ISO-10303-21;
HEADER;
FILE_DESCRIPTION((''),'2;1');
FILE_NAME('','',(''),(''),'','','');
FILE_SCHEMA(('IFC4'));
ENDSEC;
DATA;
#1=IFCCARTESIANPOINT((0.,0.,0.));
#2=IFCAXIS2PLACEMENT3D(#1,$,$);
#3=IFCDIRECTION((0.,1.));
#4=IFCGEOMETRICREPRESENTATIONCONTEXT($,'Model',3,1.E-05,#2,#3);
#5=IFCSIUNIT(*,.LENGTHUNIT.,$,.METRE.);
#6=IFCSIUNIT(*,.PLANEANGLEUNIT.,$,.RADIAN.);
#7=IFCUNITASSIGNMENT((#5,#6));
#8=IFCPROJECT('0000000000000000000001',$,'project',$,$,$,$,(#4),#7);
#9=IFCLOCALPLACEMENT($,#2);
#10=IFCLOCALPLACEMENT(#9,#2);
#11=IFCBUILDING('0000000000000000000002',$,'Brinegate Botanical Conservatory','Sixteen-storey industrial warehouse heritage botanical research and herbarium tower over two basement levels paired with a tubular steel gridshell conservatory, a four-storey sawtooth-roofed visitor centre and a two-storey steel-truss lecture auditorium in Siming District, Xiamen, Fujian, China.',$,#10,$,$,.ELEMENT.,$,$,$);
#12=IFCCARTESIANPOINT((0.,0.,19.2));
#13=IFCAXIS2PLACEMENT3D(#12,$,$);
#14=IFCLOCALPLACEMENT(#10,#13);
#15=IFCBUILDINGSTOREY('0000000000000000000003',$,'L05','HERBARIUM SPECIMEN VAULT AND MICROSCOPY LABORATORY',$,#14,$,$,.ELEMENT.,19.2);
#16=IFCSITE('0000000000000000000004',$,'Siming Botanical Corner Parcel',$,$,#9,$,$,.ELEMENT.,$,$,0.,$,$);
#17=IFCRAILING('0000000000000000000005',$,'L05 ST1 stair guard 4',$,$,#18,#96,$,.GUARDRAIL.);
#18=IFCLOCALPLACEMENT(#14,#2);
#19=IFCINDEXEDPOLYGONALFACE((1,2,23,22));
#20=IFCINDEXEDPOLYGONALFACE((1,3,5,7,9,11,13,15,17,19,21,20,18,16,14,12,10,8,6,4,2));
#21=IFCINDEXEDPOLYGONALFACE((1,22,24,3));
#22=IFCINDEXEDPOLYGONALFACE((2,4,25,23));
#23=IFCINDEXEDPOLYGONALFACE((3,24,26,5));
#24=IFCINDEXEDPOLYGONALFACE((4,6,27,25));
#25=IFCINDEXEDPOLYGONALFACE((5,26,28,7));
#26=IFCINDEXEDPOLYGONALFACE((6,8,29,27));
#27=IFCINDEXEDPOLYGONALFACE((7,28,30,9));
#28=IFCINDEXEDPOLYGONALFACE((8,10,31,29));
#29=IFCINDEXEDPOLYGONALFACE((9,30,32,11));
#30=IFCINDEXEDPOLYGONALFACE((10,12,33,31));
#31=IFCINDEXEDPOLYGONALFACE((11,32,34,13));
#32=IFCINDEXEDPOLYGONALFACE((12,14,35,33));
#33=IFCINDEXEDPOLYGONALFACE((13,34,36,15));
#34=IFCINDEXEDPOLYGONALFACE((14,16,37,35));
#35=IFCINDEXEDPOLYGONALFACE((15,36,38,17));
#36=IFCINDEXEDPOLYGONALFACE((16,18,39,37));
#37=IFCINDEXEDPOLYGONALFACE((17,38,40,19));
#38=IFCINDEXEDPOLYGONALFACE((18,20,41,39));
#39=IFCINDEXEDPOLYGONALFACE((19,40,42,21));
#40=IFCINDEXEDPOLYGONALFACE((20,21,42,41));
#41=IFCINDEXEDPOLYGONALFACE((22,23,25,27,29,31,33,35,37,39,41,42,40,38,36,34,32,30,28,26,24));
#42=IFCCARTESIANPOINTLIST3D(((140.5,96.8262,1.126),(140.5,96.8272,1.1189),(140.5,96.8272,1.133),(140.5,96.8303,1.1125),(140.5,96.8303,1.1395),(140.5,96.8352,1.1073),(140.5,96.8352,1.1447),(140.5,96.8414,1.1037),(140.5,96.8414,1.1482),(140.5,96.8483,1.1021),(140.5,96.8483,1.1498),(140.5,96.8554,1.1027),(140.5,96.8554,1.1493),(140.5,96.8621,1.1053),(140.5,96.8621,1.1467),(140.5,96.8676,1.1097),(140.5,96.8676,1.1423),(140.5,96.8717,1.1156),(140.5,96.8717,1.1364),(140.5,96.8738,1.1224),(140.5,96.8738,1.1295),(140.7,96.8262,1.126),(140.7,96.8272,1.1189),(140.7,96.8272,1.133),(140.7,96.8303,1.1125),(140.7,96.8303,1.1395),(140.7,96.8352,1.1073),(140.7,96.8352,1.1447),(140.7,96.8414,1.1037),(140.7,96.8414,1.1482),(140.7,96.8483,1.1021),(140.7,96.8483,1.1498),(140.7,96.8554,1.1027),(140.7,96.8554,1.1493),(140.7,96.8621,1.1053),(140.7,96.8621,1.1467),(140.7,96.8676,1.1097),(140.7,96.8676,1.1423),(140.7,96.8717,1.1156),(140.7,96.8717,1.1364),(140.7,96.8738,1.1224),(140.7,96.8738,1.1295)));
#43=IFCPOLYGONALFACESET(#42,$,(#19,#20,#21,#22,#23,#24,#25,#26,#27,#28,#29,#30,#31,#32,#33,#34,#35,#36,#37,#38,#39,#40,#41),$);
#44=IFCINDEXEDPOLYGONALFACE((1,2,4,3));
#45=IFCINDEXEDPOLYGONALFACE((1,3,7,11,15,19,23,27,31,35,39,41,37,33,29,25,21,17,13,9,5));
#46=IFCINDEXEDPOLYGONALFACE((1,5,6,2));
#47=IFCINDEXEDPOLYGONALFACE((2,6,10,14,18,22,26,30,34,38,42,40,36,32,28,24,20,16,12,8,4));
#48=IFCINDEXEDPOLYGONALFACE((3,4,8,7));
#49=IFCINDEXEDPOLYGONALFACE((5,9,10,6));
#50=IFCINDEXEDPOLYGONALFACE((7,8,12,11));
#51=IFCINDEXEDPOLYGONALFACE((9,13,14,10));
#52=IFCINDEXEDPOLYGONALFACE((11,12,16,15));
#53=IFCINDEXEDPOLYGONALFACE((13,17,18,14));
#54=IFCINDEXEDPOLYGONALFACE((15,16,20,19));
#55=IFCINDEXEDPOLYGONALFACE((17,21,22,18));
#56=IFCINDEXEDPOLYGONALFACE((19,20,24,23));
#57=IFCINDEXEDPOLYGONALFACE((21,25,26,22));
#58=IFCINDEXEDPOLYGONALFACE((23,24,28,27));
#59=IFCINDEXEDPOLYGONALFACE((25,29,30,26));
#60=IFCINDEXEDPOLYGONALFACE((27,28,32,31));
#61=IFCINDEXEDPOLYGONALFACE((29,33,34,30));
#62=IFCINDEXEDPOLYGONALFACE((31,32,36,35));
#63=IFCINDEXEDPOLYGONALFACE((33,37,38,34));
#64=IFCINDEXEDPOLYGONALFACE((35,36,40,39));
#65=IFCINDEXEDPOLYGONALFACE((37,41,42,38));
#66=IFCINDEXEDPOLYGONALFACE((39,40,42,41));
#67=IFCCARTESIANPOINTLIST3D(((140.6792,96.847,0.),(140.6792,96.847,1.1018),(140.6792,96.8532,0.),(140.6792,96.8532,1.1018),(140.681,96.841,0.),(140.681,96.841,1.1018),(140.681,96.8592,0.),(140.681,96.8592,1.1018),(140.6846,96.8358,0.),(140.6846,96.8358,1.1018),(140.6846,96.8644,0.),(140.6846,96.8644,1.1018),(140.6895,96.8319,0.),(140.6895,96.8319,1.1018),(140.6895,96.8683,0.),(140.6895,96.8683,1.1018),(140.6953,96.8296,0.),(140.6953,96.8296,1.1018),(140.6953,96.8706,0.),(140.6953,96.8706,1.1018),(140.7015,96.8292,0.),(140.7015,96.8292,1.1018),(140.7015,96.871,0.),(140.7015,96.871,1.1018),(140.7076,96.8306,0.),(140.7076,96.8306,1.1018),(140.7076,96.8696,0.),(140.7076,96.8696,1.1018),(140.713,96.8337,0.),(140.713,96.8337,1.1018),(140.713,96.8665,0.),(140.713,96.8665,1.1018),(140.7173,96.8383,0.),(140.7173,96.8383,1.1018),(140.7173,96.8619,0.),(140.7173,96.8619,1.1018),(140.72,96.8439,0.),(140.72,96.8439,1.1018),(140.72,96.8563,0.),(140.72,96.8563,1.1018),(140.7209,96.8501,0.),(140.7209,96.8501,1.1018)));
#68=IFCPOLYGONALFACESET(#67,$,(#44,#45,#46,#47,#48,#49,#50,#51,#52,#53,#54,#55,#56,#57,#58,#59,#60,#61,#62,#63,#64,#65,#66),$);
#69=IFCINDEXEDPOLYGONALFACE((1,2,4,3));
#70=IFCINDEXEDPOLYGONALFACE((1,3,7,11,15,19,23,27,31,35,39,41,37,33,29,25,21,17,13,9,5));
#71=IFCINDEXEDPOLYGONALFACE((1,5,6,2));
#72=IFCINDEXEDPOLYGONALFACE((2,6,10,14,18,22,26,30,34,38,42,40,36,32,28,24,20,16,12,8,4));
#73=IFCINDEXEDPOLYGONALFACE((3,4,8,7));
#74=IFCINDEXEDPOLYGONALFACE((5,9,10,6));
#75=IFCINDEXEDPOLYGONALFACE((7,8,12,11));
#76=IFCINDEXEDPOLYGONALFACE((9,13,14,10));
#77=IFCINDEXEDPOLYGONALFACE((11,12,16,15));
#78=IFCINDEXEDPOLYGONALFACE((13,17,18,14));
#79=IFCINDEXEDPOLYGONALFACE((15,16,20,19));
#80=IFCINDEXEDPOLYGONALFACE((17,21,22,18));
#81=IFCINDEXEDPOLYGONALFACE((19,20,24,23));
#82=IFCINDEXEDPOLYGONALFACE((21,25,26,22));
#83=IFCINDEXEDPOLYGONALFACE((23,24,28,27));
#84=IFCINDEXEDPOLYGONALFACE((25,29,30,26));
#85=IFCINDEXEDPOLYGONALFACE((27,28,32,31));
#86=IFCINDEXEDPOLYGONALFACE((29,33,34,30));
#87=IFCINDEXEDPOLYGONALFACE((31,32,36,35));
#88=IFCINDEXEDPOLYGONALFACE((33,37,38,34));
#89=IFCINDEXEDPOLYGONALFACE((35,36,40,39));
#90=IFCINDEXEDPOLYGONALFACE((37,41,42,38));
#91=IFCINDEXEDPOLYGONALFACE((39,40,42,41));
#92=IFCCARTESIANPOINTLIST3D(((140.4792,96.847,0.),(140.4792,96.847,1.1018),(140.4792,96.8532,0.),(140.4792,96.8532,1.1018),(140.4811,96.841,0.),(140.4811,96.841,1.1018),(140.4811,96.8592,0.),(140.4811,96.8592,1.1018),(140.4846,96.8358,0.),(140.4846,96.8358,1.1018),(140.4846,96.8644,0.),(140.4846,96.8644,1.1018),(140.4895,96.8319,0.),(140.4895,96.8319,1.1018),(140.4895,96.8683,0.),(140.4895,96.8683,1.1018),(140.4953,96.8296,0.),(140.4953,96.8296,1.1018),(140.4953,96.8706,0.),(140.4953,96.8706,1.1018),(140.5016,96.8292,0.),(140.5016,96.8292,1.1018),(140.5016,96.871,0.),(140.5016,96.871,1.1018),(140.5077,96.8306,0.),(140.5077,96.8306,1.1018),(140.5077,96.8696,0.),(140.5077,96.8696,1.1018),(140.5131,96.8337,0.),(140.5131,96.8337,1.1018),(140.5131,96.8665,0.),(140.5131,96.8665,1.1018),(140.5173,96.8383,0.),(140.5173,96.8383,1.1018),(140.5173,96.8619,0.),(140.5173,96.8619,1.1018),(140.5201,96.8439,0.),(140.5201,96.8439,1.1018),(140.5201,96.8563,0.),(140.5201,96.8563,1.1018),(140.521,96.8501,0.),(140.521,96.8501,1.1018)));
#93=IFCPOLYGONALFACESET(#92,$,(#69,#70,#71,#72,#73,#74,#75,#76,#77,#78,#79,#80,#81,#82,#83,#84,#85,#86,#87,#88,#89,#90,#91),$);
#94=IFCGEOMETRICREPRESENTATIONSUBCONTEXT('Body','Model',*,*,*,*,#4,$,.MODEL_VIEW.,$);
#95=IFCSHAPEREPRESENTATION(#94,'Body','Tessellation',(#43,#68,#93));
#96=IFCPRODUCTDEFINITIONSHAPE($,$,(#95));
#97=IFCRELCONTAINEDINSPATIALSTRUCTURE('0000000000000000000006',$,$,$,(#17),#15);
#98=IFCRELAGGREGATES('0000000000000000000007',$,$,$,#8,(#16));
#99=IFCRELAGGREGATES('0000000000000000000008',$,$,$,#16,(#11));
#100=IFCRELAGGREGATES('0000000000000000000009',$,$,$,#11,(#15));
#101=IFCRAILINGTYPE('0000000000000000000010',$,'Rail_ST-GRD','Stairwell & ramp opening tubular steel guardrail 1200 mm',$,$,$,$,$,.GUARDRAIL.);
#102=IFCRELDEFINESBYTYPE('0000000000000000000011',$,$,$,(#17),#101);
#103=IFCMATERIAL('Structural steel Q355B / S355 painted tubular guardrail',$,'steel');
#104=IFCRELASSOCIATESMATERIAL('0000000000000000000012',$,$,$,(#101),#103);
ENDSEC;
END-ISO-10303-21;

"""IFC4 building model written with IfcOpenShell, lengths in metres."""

from ifc_helpers import new_model, si_unit, direction, frame, origin, origin_2d, place, context, subcontext, project, spatial, circle, extrude, material, type_object, element, save


model = new_model("IFC4")

# Units and contexts
model_context = context("Model", 3, precision=1e-05, world=origin(), true_north=direction((0.0, 1.0)))
body_context = subcontext(model_context, "Body", "Model", "MODEL_VIEW")
ifc_project = project(units=[si_unit("LENGTHUNIT", "METRE"), si_unit("PLANEANGLEUNIT", "RADIAN")], contexts=[model_context])

# Site, building, storey
site_placement = place(None, origin())
site = spatial("IfcSite", under=ifc_project, at=site_placement, Name="Siming Botanical Corner Parcel", CompositionType="ELEMENT", RefElevation=0.0)
building_placement = place(site_placement, origin())
building = spatial("IfcBuilding", under=site, at=building_placement, Name="Brinegate Botanical Conservatory", Description="Sixteen-storey industrial warehouse heritage botanical research and herbarium tower over two basement levels paired with a tubular steel gridshell conservatory, a four-storey sawtooth-roofed visitor centre and a two-storey steel-truss lecture auditorium in Siming District, Xiamen, Fujian, China.", CompositionType="ELEMENT")
storey_placement = place(building_placement, frame((0.0, 0.0, 19.2)))
storey = spatial("IfcBuildingStorey", under=building, at=storey_placement, Name="L05", Description="HERBARIUM SPECIMEN VAULT AND MICROSCOPY LABORATORY", CompositionType="ELEMENT", Elevation=19.2)

# Railing
ifc_material_1 = material(Name="Structural steel Q355B / S355 painted tubular guardrail", Category="steel")
railing_type = type_object("IfcRailingType", Name="Rail_ST-GRD", Description="Stairwell & ramp opening tubular steel guardrail 1200 mm", PredefinedType="GUARDRAIL", material=ifc_material_1)
railing_1_placement = place(storey_placement, frame((140.7, 96.8501, 0.0)))
element("IfcRailing", 1, at=railing_1_placement, inside=storey, type_object=railing_type, Name="L05 ST1 stair guard 4", PredefinedType="GUARDRAIL", context=body_context, shape_type="SweptSolid", body=[
    extrude(circle(Radius=0.0239, at=origin_2d()), frame((0.0, 0.0, 1.126), z_axis=(-1.0, 0.0, 0.0), x_axis=(0.0, -1.0, 0.0)), (0.0, 0.0, 1.0), 0.2),
    extrude(circle(Radius=0.021, at=origin_2d()), origin(), (0.0, 0.0, 1.0), 1.1018),
    extrude(circle(Radius=0.021, at=origin_2d()), frame((-0.2, 0.0, 0.0)), (0.0, 0.0, 1.0), 1.1018),
])

save(model, "model.ifc")
